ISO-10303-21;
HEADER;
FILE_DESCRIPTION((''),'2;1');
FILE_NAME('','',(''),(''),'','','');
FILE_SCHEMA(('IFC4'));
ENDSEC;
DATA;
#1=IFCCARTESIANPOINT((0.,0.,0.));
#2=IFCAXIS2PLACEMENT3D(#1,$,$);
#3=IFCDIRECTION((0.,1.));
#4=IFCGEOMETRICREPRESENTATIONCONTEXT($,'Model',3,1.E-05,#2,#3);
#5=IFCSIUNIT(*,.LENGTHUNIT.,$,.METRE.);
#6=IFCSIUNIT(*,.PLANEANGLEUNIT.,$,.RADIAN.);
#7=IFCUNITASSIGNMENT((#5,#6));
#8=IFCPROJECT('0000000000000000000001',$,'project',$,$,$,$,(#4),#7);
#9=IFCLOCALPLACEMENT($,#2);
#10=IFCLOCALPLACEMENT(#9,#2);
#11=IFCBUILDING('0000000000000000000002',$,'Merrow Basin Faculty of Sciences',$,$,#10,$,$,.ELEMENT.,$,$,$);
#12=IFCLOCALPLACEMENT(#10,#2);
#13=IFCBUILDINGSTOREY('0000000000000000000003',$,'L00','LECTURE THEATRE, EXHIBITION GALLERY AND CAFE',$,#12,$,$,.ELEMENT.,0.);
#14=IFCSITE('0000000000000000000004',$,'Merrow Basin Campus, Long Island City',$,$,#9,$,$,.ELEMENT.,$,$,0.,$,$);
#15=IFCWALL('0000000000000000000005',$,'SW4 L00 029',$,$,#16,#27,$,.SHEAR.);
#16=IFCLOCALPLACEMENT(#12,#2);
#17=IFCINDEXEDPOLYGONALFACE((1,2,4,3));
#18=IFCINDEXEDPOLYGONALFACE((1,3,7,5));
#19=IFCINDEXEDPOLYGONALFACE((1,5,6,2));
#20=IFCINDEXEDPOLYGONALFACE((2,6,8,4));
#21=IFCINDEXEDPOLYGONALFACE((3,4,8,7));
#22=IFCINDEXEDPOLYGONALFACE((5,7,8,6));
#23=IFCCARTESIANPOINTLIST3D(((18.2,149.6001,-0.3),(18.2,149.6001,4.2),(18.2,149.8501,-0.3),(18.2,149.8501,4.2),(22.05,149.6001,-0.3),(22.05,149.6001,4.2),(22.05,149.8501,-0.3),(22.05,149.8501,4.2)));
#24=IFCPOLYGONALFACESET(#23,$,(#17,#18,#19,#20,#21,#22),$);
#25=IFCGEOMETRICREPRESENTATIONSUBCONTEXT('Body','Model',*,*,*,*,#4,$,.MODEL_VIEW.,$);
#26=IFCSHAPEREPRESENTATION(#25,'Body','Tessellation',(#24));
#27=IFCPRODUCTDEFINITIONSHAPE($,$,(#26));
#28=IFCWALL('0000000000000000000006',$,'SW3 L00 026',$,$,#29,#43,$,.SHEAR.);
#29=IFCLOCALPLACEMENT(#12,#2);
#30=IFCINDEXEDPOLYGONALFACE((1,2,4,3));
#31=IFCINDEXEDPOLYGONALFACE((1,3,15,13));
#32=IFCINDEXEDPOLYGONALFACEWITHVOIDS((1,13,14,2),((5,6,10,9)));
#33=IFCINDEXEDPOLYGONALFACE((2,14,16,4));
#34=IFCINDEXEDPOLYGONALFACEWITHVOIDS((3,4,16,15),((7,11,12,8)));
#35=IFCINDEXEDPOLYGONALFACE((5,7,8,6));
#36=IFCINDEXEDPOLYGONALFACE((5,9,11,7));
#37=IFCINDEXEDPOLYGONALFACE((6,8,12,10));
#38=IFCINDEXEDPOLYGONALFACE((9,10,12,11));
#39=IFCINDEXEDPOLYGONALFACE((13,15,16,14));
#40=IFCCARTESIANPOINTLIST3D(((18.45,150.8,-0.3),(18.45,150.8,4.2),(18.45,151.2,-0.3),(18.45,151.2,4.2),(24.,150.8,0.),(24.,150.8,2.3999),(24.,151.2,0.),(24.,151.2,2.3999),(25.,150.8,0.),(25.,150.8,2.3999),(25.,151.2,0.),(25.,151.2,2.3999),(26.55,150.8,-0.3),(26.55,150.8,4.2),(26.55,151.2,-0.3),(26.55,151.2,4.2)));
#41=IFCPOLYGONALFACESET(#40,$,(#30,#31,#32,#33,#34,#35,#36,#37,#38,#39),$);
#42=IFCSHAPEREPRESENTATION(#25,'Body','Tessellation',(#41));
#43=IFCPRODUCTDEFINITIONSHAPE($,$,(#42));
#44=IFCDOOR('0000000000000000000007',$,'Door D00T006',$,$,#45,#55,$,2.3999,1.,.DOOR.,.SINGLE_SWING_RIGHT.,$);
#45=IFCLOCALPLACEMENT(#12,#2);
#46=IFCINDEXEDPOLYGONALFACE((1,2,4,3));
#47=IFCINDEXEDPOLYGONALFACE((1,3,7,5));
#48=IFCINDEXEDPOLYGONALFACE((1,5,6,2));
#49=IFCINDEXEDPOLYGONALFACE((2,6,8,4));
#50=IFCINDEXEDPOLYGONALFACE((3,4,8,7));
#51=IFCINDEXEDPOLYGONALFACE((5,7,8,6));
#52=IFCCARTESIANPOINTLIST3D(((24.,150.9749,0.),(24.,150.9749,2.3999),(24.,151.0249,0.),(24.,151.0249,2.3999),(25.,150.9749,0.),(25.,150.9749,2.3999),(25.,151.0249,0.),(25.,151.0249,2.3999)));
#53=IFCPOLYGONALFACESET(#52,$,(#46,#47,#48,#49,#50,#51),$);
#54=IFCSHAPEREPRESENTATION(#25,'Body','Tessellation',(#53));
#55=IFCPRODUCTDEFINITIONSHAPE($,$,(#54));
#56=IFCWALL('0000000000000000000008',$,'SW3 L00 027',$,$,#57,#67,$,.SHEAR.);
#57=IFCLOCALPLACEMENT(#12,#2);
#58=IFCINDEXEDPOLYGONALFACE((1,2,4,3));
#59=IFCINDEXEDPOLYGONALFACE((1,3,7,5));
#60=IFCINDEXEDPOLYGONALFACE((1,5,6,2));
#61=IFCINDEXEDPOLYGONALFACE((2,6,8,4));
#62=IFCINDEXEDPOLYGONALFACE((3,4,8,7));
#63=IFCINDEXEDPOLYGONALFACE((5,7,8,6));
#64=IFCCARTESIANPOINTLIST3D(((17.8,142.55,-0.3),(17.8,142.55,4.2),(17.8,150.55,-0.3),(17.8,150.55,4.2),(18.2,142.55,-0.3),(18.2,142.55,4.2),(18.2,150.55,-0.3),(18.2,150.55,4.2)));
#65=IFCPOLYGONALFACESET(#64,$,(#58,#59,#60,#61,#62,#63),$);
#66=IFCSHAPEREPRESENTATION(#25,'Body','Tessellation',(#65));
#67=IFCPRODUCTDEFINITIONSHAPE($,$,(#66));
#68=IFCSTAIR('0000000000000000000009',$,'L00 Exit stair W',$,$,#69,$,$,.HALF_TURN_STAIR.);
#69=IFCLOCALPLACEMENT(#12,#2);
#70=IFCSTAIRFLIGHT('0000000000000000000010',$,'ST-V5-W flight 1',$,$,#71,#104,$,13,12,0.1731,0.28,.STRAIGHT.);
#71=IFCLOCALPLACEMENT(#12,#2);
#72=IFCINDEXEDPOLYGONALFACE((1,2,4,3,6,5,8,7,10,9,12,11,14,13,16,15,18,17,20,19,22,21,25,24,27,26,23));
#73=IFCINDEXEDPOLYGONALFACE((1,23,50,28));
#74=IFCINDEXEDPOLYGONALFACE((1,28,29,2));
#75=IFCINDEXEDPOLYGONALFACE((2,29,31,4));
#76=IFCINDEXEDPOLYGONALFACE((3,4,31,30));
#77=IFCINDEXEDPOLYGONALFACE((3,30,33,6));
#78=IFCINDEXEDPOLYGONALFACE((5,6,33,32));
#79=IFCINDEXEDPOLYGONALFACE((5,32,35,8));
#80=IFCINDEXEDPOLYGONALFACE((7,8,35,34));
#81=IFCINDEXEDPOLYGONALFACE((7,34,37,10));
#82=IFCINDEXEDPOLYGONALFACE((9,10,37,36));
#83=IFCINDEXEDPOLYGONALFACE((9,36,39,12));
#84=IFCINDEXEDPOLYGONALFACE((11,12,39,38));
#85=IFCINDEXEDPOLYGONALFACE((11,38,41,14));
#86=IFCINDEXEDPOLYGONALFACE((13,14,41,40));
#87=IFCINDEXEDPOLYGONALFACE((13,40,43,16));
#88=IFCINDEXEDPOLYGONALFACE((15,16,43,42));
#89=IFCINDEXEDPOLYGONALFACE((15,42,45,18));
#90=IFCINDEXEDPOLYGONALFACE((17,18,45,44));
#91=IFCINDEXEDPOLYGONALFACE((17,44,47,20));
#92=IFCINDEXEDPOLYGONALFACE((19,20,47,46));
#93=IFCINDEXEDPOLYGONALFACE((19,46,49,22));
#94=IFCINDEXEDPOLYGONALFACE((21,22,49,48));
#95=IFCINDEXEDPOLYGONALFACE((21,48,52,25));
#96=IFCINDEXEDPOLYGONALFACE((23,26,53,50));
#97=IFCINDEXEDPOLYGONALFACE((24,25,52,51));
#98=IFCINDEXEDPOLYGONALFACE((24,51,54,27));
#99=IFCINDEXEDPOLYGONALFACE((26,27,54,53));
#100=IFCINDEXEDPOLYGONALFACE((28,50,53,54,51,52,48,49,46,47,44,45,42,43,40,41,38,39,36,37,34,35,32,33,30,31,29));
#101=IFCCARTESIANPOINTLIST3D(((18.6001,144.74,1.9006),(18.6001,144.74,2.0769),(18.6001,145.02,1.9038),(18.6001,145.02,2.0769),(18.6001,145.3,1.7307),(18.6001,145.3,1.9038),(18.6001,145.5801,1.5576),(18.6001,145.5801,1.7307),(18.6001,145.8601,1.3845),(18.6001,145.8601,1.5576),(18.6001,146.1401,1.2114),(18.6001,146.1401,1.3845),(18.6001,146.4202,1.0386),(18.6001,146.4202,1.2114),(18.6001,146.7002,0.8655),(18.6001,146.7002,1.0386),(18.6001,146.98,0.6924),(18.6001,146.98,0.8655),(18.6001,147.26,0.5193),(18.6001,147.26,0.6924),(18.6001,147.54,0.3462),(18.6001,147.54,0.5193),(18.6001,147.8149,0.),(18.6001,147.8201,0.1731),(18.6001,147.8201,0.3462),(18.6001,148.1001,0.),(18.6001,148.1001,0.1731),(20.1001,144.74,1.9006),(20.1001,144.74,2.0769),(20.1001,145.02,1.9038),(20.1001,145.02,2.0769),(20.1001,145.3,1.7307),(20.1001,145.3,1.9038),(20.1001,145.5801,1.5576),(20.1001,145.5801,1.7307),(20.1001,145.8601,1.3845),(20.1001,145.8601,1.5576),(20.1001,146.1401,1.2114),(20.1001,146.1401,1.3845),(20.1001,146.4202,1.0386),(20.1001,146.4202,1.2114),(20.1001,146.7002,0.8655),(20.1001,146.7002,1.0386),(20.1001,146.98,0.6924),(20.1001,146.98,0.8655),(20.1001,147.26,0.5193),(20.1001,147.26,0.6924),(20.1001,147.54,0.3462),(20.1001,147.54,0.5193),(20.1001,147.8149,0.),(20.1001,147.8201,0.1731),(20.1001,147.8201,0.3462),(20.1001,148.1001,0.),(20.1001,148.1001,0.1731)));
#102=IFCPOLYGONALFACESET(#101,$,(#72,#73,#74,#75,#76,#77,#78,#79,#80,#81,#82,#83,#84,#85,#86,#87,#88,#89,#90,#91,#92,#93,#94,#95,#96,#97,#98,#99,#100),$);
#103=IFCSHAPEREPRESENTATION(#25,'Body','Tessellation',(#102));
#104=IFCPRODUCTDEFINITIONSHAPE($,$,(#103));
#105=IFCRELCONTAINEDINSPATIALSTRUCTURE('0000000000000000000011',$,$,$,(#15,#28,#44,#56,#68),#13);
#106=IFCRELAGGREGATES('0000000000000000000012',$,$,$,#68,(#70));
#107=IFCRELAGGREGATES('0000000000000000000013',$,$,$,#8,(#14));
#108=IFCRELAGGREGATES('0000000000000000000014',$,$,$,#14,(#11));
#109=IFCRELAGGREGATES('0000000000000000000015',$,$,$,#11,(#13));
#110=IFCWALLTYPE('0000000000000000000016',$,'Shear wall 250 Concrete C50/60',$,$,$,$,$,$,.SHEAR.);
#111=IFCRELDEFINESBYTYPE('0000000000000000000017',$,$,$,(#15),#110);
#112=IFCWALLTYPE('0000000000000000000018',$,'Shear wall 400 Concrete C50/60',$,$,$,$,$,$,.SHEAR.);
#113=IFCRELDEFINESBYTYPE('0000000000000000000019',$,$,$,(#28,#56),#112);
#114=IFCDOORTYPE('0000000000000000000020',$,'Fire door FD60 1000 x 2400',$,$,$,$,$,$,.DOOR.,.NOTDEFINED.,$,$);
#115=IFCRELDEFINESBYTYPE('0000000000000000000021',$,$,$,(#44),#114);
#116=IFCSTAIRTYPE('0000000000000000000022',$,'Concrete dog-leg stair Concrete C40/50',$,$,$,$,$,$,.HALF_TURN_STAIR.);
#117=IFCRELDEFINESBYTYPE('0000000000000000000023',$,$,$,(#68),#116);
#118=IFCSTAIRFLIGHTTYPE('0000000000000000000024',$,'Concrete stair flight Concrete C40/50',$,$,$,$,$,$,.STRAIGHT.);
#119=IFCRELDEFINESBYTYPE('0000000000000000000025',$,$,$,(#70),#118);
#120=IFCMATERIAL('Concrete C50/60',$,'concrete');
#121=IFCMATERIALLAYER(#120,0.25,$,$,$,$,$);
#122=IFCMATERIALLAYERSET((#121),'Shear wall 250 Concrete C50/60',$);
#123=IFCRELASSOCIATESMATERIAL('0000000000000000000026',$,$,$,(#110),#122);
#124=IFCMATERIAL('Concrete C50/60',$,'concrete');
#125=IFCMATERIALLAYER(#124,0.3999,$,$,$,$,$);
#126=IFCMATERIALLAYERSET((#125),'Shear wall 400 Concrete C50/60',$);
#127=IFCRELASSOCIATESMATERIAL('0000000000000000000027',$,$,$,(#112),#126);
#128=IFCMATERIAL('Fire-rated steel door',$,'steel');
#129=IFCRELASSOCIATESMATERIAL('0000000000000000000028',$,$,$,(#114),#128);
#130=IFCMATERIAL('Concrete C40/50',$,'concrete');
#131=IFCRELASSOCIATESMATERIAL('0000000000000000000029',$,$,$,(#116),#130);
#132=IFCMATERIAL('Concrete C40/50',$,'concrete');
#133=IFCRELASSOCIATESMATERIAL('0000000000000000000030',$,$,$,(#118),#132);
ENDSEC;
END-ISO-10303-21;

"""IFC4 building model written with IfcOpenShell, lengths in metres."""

from ifc_helpers import new_model, si_unit, direction, frame, frame_2d, origin, place, context, subcontext, project, spatial, polyline, rectangle, outline, extrude, material, layer, layer_set, type_object, element, fill, aggregate, save


model = new_model("IFC4")

# Units and contexts
model_context = context("Model", 3, precision=1e-05, world=origin(), true_north=direction((0.0, 1.0)))
body_context = subcontext(model_context, "Body", "Model", "MODEL_VIEW")
ifc_project = project(units=[si_unit("LENGTHUNIT", "METRE"), si_unit("PLANEANGLEUNIT", "RADIAN")], contexts=[model_context])

# Site, building, storey
site_placement = place(None, origin())
site = spatial("IfcSite", under=ifc_project, at=site_placement, Name="Merrow Basin Campus, Long Island City", CompositionType="ELEMENT", RefElevation=0.0)
building_placement = place(site_placement, origin())
building = spatial("IfcBuilding", under=site, at=building_placement, Name="Merrow Basin Faculty of Sciences", CompositionType="ELEMENT")
storey_placement = place(building_placement, origin())
storey = spatial("IfcBuildingStorey", under=building, at=storey_placement, Name="L00", Description="LECTURE THEATRE, EXHIBITION GALLERY AND CAFE", CompositionType="ELEMENT", Elevation=0.0)

# Wall
ifc_material_1 = material(Name="Concrete C50/60", Category="concrete")
ifc_layer_1 = layer(ifc_material_1, 0.25)
ifc_layer_set_1 = layer_set([ifc_layer_1], Name="Shear wall 250 Concrete C50/60")
wall_type_1 = type_object("IfcWallType", Name="Shear wall 250 Concrete C50/60", PredefinedType="SHEAR", material=ifc_layer_set_1)
wall_1_placement = place(storey_placement, frame((18.2, 149.7251, -0.3), z_axis=(0.0, 0.0, 1.0), x_axis=(1.0, 0.0, 0.0)))
element("IfcWall", 1, at=wall_1_placement, inside=storey, type_object=wall_type_1, Name="SW4 L00 029", PredefinedType="SHEAR", context=body_context, shape_type="SweptSolid", body=[
    extrude(rectangle(XDim=3.8501, YDim=0.25, at=frame_2d((1.925, 0.0))), origin(), (0.0, 0.0, 1.0), 4.5),
])

# Wall, opening, door
ifc_material_2 = material(Name="Concrete C50/60", Category="concrete")
ifc_layer_2 = layer(ifc_material_2, 0.3999)
ifc_layer_set_2 = layer_set([ifc_layer_2], Name="Shear wall 400 Concrete C50/60")
wall_type_2 = type_object("IfcWallType", Name="Shear wall 400 Concrete C50/60", PredefinedType="SHEAR", material=ifc_layer_set_2)
wall_2_placement = place(storey_placement, frame((18.45, 151.0, -0.3), z_axis=(0.0, 0.0, 1.0), x_axis=(1.0, 0.0, 0.0)))
wall_2 = element("IfcWall", 2, at=wall_2_placement, inside=storey, type_object=wall_type_2, Name="SW3 L00 026", PredefinedType="SHEAR", context=body_context, shape_type="SweptSolid", body=[
    extrude(rectangle(XDim=8.1001, YDim=0.3999, at=frame_2d((4.05, 0.0))), origin(), (0.0, 0.0, 1.0), 4.5),
])
opening_placement = place(wall_2_placement, frame((5.55, 0.0, 0.3)))
opening = element("IfcOpeningElement", 3, at=opening_placement, cuts=wall_2, PredefinedType="OPENING", context=body_context, shape_type="SweptSolid", body=[
    extrude(rectangle(XDim=1.0, YDim=2.3999, at=frame_2d((0.5, 1.2))), frame((0.0, 0.21, 0.0), z_axis=(0.0, -1.0, 0.0), x_axis=(1.0, 0.0, 0.0)), (0.0, 0.0, 1.0), 0.4199),
])
ifc_material_3 = material(Name="Fire-rated steel door", Category="steel")
door_type = type_object("IfcDoorType", Name="Fire door FD60 1000 x 2400", OperationType="NOTDEFINED", PredefinedType="DOOR", material=ifc_material_3)
door_placement = place(opening_placement, origin())
door = element("IfcDoor", 4, at=door_placement, inside=storey, type_object=door_type, Name="Door D00T006", OperationType="SINGLE_SWING_RIGHT", OverallHeight=2.3999, OverallWidth=1.0, PredefinedType="DOOR", context=body_context, shape_type="SweptSolid", body=[
    extrude(rectangle(XDim=1.0, YDim=2.3999, at=frame_2d((0.5, 1.2))), frame((0.0, 0.0249, 0.0), z_axis=(0.0, -1.0, 0.0), x_axis=(1.0, 0.0, 0.0)), (0.0, 0.0, 1.0), 0.05),
])
fill(opening, door)

# Wall
wall_3_placement = place(storey_placement, frame((18.0, 142.55, -0.3), z_axis=(0.0, 0.0, 1.0), x_axis=(0.0, 1.0, 0.0)))
element("IfcWall", 5, at=wall_3_placement, inside=storey, type_object=wall_type_2, Name="SW3 L00 027", PredefinedType="SHEAR", context=body_context, shape_type="SweptSolid", body=[
    extrude(rectangle(XDim=8.0, YDim=0.3999, at=frame_2d((4.0, 0.0))), origin(), (0.0, 0.0, 1.0), 4.5),
])

# Stair, stair flight
ifc_material_4 = material(Name="Concrete C40/50", Category="concrete")
stair_type = type_object("IfcStairType", Name="Concrete dog-leg stair Concrete C40/50", PredefinedType="HALF_TURN_STAIR", material=ifc_material_4)
stair_placement = place(storey_placement, origin())
stair = element("IfcStair", 6, at=stair_placement, inside=storey, type_object=stair_type, Name="L00 Exit stair W", PredefinedType="HALF_TURN_STAIR")
ifc_material_5 = material(Name="Concrete C40/50", Category="concrete")
stair_flight_type = type_object("IfcStairFlightType", Name="Concrete stair flight Concrete C40/50", PredefinedType="STRAIGHT", material=ifc_material_5)
stair_flight_placement = place(storey_placement, frame((19.3501, 148.1001, 0.0), z_axis=(0.0, 0.0, 1.0), x_axis=(0.0, -1.0, 0.0)))
stair_flight = element("IfcStairFlight", 7, at=stair_flight_placement, type_object=stair_flight_type, Name="ST-V5-W flight 1", NumberOfRisers=13, NumberOfTreads=12, PredefinedType="STRAIGHT", RiserHeight=0.1731, TreadLength=0.28, context=body_context, shape_type="SweptSolid", body=[
    extrude(outline(polyline([(0.0, 0.0), (0.0, 0.1731), (0.28, 0.1731), (0.28, 0.3462), (0.5601, 0.3462), (0.5601, 0.5193), (0.8401, 0.5193), (0.8401, 0.6924), (1.1201, 0.6924), (1.1201, 0.8655), (1.3999, 0.8655), (1.3999, 1.0386), (1.6799, 1.0386), (1.6799, 1.2114), (1.96, 1.2114), (1.96, 1.3845), (2.24, 1.3845), (2.24, 1.5576), (2.52, 1.5576), (2.52, 1.7307), (2.8, 1.7307), (2.8, 1.9038), (3.0801, 1.9038), (3.0801, 2.0769), (3.3601, 2.0769), (3.3601, 2.25), (3.3601, 1.9006), (0.2852, 0.0), (0.0, 0.0)])), frame((0.0, 0.75, 0.0), z_axis=(0.0, -1.0, 0.0), x_axis=(1.0, 0.0, 0.0)), (0.0, 0.0, 1.0), 1.5),
])
aggregate(stair, [stair_flight])

save(model, "model.ifc")
